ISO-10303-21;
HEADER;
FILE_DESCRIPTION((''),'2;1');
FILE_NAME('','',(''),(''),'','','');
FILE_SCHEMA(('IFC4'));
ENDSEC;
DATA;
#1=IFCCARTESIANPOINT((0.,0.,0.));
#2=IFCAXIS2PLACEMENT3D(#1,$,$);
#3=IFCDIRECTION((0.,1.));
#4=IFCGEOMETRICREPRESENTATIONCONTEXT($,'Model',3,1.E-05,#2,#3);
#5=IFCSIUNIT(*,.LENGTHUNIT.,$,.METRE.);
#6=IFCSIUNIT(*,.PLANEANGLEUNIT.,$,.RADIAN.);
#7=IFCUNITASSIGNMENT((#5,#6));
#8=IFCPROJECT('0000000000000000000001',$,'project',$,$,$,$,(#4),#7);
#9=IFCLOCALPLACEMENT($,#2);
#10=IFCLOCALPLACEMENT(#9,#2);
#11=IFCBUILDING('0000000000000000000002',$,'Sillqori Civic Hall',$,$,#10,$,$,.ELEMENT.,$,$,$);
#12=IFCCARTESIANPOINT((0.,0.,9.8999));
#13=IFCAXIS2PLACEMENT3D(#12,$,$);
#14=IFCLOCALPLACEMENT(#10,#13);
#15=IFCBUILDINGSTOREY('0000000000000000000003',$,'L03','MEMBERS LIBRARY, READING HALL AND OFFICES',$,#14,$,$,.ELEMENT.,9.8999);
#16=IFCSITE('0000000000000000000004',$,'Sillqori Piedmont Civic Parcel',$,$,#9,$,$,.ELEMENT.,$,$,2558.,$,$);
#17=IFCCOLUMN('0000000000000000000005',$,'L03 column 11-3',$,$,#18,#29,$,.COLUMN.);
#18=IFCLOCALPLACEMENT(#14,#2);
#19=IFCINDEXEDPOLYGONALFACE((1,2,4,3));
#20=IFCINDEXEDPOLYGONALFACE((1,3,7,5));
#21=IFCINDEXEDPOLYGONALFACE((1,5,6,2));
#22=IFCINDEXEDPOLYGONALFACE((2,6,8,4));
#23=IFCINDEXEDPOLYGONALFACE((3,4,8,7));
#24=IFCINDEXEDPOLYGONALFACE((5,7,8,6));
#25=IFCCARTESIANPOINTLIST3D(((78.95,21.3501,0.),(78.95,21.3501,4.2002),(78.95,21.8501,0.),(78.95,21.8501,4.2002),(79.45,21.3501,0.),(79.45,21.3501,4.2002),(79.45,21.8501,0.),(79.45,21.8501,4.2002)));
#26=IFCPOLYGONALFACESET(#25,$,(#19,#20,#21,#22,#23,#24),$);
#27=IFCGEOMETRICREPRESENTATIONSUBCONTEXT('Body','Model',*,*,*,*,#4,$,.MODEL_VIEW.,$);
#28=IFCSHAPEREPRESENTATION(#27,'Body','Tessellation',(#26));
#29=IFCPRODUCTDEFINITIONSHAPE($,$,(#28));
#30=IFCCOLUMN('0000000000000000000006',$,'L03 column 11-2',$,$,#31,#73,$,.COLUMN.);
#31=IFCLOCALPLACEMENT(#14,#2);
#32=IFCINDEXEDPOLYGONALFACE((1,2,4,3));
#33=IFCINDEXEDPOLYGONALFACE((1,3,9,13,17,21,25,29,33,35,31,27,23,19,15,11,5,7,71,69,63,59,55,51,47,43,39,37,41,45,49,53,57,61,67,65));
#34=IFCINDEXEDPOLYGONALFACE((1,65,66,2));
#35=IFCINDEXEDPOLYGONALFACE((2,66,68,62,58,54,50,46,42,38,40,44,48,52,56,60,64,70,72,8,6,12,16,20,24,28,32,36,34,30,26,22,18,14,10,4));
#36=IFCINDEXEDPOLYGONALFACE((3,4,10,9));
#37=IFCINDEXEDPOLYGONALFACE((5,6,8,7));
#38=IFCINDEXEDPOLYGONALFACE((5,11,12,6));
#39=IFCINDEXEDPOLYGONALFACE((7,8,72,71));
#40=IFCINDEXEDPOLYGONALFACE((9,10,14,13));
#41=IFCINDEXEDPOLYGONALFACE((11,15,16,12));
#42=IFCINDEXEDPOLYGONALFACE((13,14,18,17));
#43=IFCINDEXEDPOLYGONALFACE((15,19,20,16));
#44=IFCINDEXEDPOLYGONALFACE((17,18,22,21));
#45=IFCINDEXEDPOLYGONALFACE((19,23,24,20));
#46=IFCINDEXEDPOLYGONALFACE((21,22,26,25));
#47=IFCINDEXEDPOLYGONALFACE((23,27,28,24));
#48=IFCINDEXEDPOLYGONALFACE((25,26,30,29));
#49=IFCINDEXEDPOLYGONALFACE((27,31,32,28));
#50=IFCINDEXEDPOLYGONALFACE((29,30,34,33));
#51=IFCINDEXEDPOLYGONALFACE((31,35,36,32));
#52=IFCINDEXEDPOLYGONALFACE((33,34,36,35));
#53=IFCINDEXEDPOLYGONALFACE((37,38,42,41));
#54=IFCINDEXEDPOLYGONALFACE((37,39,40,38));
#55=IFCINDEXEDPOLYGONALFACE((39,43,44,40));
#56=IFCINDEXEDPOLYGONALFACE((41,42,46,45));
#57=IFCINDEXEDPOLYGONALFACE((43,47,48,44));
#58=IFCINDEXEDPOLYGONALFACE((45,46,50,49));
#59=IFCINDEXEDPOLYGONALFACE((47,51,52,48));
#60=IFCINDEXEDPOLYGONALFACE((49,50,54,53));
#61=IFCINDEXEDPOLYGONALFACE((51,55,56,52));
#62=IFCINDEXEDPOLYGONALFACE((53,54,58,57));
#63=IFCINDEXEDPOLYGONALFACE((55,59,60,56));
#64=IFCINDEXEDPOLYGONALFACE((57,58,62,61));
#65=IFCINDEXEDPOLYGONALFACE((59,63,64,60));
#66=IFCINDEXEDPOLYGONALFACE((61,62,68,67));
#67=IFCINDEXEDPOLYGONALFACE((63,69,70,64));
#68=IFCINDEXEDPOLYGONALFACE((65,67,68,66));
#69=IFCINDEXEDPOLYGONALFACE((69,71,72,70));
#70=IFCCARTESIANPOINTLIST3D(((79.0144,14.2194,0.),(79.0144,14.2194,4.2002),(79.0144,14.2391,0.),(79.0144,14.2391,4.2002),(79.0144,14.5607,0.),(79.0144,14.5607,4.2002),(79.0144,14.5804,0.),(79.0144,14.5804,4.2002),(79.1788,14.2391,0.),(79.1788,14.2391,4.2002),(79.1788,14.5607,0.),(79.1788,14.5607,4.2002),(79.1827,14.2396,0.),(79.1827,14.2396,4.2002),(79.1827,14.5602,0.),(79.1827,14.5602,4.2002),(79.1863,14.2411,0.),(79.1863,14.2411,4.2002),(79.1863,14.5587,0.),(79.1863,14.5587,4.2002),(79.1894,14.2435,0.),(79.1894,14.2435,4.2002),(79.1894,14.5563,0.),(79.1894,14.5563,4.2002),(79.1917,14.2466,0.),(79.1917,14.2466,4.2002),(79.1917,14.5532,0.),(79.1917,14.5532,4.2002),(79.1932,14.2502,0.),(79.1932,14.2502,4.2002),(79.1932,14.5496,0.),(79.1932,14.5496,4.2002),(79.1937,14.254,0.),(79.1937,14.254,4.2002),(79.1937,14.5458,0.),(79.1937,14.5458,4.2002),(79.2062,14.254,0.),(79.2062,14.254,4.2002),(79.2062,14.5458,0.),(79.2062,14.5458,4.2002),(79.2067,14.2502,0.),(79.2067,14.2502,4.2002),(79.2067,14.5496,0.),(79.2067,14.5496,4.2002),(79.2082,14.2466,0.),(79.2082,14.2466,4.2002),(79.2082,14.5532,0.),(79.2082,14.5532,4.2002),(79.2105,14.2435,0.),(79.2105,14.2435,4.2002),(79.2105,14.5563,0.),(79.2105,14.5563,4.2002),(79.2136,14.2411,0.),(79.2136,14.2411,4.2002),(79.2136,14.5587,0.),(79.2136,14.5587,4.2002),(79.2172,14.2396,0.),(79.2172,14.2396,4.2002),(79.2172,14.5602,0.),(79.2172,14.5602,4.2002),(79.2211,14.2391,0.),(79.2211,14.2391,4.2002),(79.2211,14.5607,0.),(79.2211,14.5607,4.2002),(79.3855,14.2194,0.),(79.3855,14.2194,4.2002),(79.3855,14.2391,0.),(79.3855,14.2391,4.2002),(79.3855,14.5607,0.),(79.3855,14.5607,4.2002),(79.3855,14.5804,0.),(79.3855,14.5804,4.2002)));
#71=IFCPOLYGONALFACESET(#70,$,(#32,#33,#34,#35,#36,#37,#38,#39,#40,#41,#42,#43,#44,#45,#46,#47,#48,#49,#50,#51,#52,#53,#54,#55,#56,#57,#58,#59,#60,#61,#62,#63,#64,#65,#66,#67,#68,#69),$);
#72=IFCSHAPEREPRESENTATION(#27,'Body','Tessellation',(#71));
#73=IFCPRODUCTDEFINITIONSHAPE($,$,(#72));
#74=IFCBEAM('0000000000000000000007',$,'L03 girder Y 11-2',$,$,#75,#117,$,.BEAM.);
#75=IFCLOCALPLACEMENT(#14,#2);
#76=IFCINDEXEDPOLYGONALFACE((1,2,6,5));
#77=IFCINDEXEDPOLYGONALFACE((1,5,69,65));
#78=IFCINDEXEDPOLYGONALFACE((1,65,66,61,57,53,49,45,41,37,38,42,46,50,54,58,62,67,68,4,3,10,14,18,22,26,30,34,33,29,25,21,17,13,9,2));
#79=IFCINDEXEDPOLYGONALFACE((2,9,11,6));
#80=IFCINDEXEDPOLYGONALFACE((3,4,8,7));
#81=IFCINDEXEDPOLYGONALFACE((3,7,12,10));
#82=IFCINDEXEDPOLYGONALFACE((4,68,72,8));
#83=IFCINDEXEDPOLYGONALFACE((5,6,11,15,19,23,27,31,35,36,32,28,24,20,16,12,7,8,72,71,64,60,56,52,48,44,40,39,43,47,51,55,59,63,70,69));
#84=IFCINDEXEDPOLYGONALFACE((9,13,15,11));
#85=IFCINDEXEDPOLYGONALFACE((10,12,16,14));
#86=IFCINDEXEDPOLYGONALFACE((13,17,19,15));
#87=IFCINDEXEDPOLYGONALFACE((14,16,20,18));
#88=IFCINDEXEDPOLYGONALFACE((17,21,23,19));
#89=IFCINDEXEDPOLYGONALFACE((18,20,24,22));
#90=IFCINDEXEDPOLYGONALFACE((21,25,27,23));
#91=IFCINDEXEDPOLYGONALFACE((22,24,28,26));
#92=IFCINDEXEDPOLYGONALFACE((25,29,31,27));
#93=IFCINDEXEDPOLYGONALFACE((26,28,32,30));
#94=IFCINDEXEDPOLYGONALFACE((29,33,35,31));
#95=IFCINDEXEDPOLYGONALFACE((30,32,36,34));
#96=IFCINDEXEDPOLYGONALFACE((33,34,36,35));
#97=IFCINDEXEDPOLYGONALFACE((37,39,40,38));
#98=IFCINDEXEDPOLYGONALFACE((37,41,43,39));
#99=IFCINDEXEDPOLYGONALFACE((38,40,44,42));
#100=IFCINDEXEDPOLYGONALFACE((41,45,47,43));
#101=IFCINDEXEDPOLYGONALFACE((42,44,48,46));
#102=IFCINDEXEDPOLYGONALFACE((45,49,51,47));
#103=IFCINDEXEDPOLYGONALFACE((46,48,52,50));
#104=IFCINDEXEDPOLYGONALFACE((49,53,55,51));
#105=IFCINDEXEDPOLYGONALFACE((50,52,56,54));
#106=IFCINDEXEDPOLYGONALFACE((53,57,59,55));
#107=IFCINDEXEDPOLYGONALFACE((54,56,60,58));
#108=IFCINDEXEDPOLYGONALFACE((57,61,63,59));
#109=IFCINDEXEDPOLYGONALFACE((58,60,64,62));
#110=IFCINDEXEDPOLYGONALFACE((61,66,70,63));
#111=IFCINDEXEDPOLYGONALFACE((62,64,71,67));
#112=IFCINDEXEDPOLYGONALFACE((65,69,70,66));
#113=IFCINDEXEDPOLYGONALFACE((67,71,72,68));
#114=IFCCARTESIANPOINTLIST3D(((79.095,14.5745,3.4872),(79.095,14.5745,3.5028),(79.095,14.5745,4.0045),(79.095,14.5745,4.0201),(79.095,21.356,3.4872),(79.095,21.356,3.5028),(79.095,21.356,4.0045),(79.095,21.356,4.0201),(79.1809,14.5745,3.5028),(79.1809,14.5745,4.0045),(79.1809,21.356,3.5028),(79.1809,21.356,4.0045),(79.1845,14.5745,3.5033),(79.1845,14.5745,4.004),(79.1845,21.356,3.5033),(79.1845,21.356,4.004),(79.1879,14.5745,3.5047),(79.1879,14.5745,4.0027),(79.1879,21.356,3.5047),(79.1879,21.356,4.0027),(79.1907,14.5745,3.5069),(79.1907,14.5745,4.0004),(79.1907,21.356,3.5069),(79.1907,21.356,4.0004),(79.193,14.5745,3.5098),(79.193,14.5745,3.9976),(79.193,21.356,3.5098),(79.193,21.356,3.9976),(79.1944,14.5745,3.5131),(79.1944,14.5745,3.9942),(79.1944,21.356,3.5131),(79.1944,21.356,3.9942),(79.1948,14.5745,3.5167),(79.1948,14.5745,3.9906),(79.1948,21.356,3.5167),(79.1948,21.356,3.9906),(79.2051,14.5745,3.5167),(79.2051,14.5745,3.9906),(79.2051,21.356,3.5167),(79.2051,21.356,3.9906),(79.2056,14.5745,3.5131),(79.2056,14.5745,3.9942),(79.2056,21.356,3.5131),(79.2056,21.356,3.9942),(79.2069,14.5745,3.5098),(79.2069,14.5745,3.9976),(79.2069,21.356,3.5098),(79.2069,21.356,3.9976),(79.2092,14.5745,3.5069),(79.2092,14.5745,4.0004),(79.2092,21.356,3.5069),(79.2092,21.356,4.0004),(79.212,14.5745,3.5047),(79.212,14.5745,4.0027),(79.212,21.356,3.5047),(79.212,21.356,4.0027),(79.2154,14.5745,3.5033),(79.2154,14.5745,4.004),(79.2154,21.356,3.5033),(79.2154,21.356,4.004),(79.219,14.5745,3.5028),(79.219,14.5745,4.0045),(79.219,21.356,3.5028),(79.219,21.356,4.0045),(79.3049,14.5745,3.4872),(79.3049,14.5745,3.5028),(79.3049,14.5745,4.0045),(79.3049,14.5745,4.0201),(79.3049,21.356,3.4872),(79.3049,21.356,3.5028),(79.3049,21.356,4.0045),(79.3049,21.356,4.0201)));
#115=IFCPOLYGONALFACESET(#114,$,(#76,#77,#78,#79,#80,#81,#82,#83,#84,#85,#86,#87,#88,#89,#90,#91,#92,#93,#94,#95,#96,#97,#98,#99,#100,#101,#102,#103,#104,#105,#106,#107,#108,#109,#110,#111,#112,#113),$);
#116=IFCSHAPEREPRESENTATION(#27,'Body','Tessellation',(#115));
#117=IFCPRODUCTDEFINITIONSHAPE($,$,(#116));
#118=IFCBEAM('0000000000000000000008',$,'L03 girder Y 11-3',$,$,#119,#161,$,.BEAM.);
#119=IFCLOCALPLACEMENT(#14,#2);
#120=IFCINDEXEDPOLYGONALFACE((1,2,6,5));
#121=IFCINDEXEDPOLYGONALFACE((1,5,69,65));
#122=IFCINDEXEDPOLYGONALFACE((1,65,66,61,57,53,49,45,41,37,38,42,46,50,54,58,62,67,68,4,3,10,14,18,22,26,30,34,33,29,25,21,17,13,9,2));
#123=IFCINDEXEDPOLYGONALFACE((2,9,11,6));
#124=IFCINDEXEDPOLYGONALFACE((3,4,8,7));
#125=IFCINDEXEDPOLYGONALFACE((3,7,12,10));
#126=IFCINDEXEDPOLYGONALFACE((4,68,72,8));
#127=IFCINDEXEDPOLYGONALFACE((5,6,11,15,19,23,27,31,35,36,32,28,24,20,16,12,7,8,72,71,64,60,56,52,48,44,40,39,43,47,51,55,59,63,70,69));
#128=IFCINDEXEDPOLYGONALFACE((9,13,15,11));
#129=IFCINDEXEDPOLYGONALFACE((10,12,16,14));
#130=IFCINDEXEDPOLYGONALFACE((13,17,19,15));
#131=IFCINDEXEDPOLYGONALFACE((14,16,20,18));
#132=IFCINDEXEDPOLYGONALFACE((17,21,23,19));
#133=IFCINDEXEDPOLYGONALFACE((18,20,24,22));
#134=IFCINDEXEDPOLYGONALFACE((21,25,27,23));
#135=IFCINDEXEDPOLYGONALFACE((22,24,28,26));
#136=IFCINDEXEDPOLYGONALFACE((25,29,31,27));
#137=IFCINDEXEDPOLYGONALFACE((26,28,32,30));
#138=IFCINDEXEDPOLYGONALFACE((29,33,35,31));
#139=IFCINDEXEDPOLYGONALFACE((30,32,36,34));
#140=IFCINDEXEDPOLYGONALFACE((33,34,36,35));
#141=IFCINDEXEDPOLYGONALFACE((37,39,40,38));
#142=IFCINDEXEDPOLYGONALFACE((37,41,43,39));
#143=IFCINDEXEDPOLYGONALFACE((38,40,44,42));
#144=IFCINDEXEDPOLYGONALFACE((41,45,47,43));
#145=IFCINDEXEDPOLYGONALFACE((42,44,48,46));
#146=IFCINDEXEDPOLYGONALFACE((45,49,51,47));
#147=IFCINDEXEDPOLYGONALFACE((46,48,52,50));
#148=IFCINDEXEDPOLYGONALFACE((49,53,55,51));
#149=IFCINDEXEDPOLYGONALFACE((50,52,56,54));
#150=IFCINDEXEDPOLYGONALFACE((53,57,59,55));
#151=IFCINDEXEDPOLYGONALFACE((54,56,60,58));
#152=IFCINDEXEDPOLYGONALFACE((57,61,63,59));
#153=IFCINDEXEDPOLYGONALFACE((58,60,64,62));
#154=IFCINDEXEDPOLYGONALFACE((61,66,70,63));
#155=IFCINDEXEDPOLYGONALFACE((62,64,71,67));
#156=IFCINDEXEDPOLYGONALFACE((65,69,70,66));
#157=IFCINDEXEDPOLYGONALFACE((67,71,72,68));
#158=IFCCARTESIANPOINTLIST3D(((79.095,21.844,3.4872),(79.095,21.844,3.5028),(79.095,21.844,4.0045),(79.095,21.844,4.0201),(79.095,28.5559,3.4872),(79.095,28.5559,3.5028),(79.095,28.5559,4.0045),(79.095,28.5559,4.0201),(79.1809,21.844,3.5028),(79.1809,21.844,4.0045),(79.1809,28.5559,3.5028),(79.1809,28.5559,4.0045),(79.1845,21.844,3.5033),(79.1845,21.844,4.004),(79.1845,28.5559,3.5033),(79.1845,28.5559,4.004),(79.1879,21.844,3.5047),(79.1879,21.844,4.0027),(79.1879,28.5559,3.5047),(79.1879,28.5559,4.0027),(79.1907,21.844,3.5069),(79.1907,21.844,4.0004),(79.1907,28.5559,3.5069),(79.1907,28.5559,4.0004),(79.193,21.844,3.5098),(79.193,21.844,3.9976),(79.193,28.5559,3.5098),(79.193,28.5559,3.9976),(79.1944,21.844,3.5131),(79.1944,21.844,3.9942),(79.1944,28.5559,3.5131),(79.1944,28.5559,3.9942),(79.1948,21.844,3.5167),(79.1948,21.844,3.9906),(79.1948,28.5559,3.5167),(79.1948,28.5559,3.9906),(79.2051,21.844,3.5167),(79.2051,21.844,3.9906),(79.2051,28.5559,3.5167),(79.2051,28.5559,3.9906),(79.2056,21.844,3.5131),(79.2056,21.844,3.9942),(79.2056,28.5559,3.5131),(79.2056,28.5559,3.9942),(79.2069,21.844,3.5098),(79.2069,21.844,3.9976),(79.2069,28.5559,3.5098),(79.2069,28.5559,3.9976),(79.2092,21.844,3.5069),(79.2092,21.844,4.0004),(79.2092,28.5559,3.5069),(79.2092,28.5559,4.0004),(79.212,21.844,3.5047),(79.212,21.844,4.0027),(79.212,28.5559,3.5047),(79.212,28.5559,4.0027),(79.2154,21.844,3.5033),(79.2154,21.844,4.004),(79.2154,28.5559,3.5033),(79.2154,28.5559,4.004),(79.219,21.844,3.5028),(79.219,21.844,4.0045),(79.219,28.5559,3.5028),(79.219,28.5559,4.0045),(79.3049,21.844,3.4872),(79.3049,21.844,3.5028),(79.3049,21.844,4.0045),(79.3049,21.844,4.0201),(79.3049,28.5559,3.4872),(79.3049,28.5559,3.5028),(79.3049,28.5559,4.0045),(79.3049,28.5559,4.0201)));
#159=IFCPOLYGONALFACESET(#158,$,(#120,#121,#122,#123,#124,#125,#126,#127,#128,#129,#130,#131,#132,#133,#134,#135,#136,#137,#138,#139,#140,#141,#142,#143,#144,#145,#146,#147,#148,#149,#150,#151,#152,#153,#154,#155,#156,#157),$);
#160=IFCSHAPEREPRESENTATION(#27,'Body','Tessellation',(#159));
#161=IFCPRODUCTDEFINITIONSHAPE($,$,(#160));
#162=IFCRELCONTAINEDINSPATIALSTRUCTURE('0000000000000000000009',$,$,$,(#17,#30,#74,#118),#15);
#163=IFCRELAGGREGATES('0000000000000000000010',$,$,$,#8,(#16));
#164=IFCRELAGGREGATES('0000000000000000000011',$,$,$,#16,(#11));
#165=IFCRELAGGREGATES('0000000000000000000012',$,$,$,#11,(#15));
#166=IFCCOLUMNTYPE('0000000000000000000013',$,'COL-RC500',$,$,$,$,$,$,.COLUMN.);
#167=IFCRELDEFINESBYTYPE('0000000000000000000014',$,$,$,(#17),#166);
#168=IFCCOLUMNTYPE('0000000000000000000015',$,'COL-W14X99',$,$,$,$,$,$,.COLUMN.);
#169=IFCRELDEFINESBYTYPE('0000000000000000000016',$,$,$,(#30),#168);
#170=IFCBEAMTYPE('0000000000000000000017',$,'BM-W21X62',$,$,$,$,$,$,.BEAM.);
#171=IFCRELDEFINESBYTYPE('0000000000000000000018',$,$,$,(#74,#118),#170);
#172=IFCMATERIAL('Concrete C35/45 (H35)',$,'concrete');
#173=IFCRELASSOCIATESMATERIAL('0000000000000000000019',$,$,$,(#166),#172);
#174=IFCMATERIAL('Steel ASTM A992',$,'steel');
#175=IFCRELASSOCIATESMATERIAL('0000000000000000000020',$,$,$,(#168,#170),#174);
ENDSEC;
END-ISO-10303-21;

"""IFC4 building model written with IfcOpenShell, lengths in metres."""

from ifc_helpers import new_model, si_unit, direction, frame, origin, origin_2d, place, context, subcontext, project, spatial, rectangle, i_section, extrude, material, material_profile, profile_set, type_object, element, save


model = new_model("IFC4")

# Units and contexts
model_context = context("Model", 3, precision=1e-05, world=origin(), true_north=direction((0.0, 1.0)))
body_context = subcontext(model_context, "Body", "Model", "MODEL_VIEW")
ifc_project = project(units=[si_unit("LENGTHUNIT", "METRE"), si_unit("PLANEANGLEUNIT", "RADIAN")], contexts=[model_context])

# Site, building, storey
site_placement = place(None, origin())
site = spatial("IfcSite", under=ifc_project, at=site_placement, Name="Sillqori Piedmont Civic Parcel", CompositionType="ELEMENT", RefElevation=2558.0)
building_placement = place(site_placement, origin())
building = spatial("IfcBuilding", under=site, at=building_placement, Name="Sillqori Civic Hall", CompositionType="ELEMENT")
storey_placement = place(building_placement, frame((0.0, 0.0, 9.8999)))
storey = spatial("IfcBuildingStorey", under=building, at=storey_placement, Name="L03", Description="MEMBERS LIBRARY, READING HALL AND OFFICES", CompositionType="ELEMENT", Elevation=9.8999)

# Columns
ifc_material_1 = material(Name="Concrete C35/45 (H35)", Category="concrete")
ifc_material_profile_1 = material_profile(ifc_material_1, rectangle(XDim=0.5, YDim=0.5, at=origin_2d()), Name="RC 500x500")
ifc_profile_set_1 = profile_set([ifc_material_profile_1], Name="Concrete C35/45 (H35)")
column_type_1 = type_object("IfcColumnType", Name="COL-RC500", PredefinedType="COLUMN", material=ifc_profile_set_1)
column_1_placement = place(storey_placement, frame((79.2, 21.6001, 0.0), z_axis=(0.0, 0.0, 1.0), x_axis=(1.0, 0.0, 0.0)))
element("IfcColumn", 1, at=column_1_placement, inside=storey, type_object=column_type_1, Name="L03 column 11-3", PredefinedType="COLUMN", context=body_context, shape_type="SweptSolid", body=[
    extrude(rectangle(XDim=0.5, YDim=0.5, at=origin_2d()), origin(), (0.0, 0.0, 1.0), 4.2002),
])
ifc_material_2 = material(Name="Steel ASTM A992", Category="steel")
ifc_material_profile_2 = material_profile(ifc_material_2, i_section(OverallWidth=0.3711, OverallDepth=0.3611, WebThickness=0.0125, FlangeThickness=0.0198, FilletRadius=0.0149, at=origin_2d()), Name="W14X99")
ifc_profile_set_2 = profile_set([ifc_material_profile_2], Name="Steel ASTM A992")
column_type_2 = type_object("IfcColumnType", Name="COL-W14X99", PredefinedType="COLUMN", material=ifc_profile_set_2)
column_2_placement = place(storey_placement, frame((79.2, 14.3999, 0.0), z_axis=(0.0, 0.0, 1.0), x_axis=(1.0, 0.0, 0.0)))
element("IfcColumn", 2, at=column_2_placement, inside=storey, type_object=column_type_2, Name="L03 column 11-2", PredefinedType="COLUMN", context=body_context, shape_type="SweptSolid", body=[
    extrude(i_section(OverallWidth=0.3711, OverallDepth=0.3611, WebThickness=0.0125, FlangeThickness=0.0198, FilletRadius=0.0149, at=origin_2d()), origin(), (0.0, 0.0, 1.0), 4.2002),
])

# Beams
ifc_material_profile_3 = material_profile(ifc_material_2, i_section(OverallWidth=0.21, OverallDepth=0.533, WebThickness=0.0103, FlangeThickness=0.0156, FilletRadius=0.0139, at=origin_2d()), Name="W21X62")
ifc_profile_set_3 = profile_set([ifc_material_profile_3], Name="Steel ASTM A992")
beam_type_1 = type_object("IfcBeamType", Name="BM-W21X62", PredefinedType="BEAM", material=ifc_profile_set_3)
beam_1_placement = place(storey_placement, frame((79.2, 14.5745, 3.7537), z_axis=(0.0, 1.0, 0.0), x_axis=(-1.0, 0.0, 0.0)))
element("IfcBeam", 3, at=beam_1_placement, inside=storey, type_object=beam_type_1, Name="L03 girder Y 11-2", PredefinedType="BEAM", context=body_context, shape_type="SweptSolid", body=[
    extrude(i_section(OverallWidth=0.21, OverallDepth=0.533, WebThickness=0.0103, FlangeThickness=0.0156, FilletRadius=0.0139, at=origin_2d()), origin(), (0.0, 0.0, 1.0), 6.7815),
])
beam_2_placement = place(storey_placement, frame((79.2, 21.844, 3.7537), z_axis=(0.0, 1.0, 0.0), x_axis=(-1.0, 0.0, 0.0)))
element("IfcBeam", 4, at=beam_2_placement, inside=storey, type_object=beam_type_1, Name="L03 girder Y 11-3", PredefinedType="BEAM", context=body_context, shape_type="SweptSolid", body=[
    extrude(i_section(OverallWidth=0.21, OverallDepth=0.533, WebThickness=0.0103, FlangeThickness=0.0156, FilletRadius=0.0139, at=origin_2d()), origin(), (0.0, 0.0, 1.0), 6.7119),
])

save(model, "model.ifc")
